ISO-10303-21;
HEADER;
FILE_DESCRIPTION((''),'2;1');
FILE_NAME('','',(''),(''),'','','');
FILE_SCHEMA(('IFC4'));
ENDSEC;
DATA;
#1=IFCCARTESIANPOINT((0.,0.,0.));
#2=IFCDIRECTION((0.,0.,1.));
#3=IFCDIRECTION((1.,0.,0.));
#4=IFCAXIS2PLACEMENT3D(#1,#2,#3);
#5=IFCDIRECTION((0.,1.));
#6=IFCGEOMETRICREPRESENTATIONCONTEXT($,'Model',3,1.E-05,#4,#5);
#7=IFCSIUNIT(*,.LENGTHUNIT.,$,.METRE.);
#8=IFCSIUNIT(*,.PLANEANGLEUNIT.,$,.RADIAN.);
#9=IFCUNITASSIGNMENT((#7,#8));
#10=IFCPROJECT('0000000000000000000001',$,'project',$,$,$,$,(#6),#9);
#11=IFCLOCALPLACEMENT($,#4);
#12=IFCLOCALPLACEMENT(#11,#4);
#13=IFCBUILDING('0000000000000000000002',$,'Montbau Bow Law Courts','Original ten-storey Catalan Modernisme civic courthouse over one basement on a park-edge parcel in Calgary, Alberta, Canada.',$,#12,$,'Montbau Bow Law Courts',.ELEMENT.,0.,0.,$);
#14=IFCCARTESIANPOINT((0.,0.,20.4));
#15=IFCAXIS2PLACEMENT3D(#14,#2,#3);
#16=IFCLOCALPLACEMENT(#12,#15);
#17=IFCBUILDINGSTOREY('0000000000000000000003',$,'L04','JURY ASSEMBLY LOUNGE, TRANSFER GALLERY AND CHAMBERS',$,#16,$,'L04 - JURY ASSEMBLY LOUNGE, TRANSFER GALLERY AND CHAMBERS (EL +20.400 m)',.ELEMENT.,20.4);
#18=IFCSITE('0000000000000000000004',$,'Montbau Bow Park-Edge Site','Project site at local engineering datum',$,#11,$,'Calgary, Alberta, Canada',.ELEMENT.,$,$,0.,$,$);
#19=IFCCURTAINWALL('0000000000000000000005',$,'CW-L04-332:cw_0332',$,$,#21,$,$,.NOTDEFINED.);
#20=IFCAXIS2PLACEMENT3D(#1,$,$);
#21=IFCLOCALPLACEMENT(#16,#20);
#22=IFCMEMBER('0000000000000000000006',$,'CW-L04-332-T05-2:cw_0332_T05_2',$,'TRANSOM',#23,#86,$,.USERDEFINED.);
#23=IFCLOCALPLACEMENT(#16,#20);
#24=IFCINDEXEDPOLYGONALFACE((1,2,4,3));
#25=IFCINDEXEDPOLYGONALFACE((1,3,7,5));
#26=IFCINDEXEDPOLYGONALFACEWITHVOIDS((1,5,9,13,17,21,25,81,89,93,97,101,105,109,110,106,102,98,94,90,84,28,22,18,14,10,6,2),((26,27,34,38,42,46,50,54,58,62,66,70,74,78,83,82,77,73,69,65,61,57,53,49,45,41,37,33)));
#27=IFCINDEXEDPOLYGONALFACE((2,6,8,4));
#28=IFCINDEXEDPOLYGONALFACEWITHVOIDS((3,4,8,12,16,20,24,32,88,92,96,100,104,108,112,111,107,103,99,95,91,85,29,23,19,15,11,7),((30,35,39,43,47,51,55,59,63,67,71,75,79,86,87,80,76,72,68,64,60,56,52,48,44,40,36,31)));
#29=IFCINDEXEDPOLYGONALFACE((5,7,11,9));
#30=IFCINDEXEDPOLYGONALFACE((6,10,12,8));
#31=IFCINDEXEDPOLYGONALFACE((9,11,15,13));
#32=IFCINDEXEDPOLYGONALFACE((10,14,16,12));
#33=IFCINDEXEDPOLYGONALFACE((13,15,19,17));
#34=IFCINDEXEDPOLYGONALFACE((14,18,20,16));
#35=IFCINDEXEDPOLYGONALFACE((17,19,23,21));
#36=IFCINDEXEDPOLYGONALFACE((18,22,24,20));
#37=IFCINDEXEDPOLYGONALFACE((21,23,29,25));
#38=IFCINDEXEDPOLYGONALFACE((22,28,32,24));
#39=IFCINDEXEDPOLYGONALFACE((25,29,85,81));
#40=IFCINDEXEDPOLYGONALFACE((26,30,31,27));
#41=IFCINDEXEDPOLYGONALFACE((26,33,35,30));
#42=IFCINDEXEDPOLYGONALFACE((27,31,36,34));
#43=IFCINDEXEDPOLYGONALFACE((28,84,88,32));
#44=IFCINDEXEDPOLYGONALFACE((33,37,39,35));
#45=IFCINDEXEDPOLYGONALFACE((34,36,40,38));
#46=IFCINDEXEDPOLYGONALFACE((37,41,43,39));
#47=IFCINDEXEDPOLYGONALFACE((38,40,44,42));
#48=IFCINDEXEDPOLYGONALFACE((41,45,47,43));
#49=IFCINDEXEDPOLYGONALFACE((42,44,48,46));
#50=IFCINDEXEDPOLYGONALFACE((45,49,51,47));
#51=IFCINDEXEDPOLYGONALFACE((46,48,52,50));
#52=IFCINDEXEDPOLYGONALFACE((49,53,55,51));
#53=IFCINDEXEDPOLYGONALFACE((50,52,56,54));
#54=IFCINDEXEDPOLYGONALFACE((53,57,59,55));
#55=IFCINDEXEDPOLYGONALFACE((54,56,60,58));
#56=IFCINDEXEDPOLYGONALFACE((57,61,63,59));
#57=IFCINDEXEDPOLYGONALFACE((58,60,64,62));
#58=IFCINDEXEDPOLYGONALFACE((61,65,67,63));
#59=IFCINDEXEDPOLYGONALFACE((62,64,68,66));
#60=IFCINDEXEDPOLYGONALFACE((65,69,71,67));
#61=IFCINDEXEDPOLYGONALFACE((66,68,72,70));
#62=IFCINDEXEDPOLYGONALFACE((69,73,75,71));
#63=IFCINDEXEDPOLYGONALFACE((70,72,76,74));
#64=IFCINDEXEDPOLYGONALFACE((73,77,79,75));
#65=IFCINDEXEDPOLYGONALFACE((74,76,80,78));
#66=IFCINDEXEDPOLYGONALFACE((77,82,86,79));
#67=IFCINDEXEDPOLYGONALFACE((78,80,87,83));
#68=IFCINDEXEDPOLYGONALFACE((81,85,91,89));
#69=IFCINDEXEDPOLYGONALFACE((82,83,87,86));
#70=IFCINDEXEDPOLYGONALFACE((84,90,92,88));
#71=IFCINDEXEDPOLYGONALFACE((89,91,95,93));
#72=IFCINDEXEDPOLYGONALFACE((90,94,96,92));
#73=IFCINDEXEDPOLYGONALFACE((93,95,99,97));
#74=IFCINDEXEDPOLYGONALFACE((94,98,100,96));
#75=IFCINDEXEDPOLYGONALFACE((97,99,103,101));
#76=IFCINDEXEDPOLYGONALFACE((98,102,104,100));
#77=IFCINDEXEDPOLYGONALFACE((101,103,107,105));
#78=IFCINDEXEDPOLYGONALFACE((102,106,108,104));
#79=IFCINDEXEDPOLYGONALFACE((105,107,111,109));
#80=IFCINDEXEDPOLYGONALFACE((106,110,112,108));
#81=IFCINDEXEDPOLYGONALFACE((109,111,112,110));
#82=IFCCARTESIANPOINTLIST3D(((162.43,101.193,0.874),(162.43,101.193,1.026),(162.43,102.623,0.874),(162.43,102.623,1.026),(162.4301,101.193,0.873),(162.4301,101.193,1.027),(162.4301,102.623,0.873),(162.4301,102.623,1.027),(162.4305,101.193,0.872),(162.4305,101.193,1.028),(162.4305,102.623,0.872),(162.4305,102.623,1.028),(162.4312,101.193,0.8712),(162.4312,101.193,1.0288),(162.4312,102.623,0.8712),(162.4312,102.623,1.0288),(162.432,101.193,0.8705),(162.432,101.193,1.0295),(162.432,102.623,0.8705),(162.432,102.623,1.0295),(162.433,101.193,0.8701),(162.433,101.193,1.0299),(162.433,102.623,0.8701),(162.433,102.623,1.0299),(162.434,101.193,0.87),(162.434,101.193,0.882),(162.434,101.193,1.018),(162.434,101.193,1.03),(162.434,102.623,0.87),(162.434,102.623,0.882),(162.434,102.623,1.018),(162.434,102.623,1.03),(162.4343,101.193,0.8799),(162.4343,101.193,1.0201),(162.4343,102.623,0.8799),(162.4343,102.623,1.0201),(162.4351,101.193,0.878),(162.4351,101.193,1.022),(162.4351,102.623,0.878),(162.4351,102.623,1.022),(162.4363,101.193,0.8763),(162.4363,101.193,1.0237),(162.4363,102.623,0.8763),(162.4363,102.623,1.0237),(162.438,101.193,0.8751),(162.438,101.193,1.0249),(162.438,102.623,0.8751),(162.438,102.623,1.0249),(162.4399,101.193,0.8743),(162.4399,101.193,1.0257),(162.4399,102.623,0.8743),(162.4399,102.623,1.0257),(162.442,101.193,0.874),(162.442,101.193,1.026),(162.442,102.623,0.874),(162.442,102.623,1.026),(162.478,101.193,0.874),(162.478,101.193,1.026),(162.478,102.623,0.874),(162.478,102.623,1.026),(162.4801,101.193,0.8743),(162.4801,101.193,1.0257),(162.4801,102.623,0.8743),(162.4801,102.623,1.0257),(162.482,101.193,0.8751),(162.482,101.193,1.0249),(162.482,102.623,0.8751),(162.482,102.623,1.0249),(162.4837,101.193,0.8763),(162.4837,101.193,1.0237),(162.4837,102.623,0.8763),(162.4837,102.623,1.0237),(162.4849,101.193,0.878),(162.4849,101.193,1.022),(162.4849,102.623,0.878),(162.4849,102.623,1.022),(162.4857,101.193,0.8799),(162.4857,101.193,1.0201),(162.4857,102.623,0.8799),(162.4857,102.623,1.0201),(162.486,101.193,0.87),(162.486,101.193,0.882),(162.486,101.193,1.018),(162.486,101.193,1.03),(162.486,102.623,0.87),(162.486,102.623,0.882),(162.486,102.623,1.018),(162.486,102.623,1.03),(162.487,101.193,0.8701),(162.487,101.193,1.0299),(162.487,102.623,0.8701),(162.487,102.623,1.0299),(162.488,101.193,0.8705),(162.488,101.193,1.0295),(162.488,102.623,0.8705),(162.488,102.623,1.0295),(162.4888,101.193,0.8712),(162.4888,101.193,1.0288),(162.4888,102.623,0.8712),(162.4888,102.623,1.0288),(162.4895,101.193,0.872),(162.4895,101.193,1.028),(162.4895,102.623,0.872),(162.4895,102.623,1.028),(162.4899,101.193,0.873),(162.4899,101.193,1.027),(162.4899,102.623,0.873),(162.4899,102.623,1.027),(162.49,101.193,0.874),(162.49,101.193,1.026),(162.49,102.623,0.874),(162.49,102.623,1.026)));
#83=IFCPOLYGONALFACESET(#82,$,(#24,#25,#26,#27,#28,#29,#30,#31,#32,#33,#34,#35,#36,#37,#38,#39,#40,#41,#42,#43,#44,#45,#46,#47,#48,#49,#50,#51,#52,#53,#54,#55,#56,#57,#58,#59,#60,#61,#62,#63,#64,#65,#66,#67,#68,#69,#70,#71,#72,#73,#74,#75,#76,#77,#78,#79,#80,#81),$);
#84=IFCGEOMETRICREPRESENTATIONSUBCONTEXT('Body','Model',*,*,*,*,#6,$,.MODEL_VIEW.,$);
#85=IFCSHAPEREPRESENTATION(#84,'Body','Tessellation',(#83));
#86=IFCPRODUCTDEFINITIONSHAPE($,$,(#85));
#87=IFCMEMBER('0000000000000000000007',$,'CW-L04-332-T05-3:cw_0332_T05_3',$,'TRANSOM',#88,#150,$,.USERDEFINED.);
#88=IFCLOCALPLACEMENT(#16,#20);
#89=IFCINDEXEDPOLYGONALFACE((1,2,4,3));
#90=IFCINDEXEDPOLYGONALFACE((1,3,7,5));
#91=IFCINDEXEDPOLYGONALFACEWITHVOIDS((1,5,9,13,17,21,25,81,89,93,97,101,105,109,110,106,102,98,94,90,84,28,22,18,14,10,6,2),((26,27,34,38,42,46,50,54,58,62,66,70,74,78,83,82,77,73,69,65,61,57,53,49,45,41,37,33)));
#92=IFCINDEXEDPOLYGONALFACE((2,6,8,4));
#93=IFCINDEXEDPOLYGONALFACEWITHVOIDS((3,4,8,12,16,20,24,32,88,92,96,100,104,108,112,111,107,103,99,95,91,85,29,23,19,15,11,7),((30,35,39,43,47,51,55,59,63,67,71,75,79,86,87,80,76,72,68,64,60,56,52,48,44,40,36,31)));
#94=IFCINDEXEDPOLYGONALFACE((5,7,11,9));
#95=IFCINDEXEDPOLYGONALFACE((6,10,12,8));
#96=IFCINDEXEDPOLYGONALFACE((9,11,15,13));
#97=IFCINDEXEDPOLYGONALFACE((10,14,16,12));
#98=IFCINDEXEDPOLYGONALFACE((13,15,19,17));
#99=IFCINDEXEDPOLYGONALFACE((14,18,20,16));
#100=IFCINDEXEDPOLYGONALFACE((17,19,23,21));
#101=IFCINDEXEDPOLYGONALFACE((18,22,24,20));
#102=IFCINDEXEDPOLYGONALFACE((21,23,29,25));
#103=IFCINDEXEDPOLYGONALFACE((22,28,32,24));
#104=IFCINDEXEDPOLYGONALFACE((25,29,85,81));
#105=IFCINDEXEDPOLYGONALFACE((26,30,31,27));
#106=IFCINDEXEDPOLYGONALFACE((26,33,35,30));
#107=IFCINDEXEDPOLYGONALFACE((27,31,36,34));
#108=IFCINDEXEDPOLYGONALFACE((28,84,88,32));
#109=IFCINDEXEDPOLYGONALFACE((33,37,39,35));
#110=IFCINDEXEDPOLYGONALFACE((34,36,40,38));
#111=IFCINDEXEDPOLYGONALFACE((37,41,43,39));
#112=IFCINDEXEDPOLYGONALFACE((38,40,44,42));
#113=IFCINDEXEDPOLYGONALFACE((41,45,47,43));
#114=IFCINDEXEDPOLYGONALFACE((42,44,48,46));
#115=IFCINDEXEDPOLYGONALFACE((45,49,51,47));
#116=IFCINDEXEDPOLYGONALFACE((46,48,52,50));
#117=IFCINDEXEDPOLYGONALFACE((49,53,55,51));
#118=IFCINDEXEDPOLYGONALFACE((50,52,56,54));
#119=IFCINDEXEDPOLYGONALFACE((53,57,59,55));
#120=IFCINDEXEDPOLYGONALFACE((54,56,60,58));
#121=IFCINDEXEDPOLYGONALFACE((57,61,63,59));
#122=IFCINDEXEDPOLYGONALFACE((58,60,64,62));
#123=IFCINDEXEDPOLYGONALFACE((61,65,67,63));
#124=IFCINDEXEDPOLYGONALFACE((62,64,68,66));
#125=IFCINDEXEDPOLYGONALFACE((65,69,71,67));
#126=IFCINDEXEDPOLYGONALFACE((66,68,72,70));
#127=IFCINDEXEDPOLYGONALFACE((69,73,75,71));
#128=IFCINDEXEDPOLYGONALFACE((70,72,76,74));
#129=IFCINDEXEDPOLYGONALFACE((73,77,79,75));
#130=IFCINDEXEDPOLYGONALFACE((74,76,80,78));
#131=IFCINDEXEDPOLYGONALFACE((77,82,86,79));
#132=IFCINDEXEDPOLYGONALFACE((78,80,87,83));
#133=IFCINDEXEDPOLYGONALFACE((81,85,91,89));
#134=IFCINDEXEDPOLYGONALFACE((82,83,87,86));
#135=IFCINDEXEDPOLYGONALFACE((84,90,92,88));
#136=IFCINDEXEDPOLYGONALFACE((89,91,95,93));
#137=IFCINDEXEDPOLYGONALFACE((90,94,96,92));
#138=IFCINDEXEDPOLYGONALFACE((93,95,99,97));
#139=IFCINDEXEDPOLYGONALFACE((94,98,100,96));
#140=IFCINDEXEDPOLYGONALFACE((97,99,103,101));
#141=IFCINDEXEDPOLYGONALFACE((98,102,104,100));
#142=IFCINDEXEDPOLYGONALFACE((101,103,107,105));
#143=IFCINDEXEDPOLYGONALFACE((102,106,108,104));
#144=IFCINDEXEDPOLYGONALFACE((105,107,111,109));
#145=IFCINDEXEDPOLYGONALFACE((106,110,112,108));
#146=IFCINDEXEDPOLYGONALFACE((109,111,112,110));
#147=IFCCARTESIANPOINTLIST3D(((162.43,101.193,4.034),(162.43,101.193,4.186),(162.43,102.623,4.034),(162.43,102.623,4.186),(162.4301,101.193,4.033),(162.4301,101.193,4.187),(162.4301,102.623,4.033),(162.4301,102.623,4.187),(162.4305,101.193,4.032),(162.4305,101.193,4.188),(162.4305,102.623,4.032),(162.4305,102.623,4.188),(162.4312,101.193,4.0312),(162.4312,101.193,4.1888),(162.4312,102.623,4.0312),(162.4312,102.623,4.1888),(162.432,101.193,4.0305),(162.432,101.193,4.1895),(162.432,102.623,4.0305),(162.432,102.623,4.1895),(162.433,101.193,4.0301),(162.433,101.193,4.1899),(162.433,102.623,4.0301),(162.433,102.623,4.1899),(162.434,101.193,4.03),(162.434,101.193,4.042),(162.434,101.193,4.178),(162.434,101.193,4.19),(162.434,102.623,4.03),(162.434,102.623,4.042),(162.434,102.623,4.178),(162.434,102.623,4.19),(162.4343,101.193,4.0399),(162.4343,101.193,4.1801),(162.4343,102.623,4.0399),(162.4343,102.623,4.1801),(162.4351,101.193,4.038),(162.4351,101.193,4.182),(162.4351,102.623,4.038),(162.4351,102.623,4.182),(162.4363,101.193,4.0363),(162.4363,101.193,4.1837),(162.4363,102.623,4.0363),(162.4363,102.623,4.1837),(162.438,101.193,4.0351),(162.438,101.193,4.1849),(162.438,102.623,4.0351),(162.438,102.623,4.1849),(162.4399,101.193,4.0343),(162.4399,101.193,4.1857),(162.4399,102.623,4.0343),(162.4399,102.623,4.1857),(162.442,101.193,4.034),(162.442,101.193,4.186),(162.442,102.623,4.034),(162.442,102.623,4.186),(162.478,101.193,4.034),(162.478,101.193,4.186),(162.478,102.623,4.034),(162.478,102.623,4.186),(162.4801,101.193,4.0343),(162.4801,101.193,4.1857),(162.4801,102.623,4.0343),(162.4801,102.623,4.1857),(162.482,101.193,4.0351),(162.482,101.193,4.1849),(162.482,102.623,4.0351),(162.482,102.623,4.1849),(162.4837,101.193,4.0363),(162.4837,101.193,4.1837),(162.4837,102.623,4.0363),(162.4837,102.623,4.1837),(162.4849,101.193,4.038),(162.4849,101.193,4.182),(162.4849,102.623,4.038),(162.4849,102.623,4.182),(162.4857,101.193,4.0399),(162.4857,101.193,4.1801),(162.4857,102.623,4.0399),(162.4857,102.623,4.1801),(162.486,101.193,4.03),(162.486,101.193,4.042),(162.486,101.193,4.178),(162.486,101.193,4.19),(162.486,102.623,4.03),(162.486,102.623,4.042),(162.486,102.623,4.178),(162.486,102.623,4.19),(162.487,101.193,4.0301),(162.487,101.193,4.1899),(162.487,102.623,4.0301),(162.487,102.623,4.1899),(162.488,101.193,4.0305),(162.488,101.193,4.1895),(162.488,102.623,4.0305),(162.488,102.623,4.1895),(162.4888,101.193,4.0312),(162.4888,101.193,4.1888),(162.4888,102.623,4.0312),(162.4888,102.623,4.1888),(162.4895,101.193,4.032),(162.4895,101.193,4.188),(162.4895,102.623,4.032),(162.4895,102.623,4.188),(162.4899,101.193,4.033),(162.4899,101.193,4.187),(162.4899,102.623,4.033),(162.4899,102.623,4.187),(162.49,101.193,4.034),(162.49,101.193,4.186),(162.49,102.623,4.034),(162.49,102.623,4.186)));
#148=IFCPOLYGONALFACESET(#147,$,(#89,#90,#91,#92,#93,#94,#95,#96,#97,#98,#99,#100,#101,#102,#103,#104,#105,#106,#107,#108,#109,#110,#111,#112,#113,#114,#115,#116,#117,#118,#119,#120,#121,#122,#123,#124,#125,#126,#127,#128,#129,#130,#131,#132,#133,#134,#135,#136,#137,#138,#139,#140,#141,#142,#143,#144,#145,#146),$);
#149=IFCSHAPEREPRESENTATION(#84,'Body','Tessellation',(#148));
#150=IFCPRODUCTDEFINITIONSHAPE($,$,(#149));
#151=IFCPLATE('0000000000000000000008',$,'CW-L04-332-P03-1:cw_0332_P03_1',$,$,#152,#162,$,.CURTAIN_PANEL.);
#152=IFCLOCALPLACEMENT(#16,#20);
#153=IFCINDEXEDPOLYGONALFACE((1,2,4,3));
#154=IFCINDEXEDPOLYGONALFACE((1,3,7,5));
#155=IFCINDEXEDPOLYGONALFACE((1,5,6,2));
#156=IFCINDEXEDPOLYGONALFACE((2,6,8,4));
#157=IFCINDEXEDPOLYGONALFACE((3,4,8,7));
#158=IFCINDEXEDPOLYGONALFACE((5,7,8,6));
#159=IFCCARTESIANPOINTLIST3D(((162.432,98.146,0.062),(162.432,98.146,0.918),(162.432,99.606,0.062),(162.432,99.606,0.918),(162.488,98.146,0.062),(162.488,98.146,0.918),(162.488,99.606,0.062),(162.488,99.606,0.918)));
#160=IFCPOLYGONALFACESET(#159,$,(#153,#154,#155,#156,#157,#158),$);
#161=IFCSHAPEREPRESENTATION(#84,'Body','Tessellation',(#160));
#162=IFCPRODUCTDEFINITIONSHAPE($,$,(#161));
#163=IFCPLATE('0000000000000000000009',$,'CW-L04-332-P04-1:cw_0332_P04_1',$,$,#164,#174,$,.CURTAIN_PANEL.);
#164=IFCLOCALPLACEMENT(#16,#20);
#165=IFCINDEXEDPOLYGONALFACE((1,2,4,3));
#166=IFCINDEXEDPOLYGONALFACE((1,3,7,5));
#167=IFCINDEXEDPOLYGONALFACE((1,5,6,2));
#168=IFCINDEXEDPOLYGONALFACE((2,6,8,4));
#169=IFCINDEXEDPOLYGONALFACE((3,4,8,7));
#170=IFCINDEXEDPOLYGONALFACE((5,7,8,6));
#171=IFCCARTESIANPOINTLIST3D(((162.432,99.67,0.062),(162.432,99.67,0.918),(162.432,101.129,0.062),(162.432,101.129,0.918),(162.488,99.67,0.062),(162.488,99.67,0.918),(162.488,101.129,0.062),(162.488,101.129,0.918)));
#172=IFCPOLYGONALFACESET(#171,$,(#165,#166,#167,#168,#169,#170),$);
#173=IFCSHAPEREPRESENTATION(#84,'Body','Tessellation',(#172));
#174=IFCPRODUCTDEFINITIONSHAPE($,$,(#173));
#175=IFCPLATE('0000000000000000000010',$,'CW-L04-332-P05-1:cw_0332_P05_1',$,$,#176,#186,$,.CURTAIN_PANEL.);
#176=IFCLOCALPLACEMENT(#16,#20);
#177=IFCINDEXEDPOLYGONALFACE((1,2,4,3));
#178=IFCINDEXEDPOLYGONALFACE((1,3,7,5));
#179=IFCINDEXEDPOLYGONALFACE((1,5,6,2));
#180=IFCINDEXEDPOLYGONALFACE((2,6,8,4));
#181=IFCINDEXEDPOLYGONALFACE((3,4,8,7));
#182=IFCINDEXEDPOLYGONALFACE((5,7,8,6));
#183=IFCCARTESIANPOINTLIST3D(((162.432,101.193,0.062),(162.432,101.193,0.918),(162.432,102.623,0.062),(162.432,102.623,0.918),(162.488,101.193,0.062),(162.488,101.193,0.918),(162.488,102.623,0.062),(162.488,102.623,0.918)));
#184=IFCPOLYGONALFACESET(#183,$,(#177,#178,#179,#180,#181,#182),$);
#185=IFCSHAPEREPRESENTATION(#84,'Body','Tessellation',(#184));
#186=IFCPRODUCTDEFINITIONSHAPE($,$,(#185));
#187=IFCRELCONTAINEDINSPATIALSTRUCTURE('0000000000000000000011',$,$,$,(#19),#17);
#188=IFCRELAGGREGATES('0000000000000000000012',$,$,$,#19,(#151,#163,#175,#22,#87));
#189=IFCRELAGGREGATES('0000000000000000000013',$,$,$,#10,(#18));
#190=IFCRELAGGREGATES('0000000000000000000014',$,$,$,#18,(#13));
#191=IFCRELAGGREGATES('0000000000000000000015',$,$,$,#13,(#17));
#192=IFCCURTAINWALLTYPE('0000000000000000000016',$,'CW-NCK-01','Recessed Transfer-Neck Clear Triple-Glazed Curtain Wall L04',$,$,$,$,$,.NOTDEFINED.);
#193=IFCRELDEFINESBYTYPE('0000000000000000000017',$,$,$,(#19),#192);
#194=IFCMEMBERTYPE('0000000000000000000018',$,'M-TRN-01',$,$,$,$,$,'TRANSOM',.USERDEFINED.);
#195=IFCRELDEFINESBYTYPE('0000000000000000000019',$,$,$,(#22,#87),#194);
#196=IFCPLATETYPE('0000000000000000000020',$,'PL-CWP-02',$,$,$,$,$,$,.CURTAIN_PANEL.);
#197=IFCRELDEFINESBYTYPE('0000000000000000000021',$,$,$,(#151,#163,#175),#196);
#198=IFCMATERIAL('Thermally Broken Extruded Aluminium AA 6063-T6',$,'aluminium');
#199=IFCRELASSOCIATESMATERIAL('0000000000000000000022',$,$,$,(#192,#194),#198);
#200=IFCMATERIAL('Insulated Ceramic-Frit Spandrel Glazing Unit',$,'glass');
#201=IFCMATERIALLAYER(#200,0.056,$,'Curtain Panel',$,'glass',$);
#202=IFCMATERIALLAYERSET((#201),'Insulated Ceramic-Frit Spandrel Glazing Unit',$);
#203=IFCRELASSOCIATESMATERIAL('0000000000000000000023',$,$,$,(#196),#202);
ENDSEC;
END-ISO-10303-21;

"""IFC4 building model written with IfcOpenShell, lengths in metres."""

from ifc_helpers import new_model, si_unit, direction, frame, frame_2d, origin_with_axes, origin_2d_with_axis, place, context, subcontext, project, spatial, rectangle, hollow_rectangle, extrude, material, layer, layer_set, material_profile, profile_set, type_object, element, aggregate, save


model = new_model("IFC4")

# Units and contexts
model_context = context("Model", 3, precision=1e-05, world=origin_with_axes(), true_north=direction((0.0, 1.0)))
body_context = subcontext(model_context, "Body", "Model", "MODEL_VIEW")
ifc_project = project(units=[si_unit("LENGTHUNIT", "METRE"), si_unit("PLANEANGLEUNIT", "RADIAN")], contexts=[model_context])

# Site, building, storey
site_placement = place(None, origin_with_axes())
site = spatial("IfcSite", under=ifc_project, at=site_placement, Name="Montbau Bow Park-Edge Site", Description="Project site at local engineering datum", LongName="Calgary, Alberta, Canada", CompositionType="ELEMENT", RefElevation=0.0)
building_placement = place(site_placement, origin_with_axes())
building = spatial("IfcBuilding", under=site, at=building_placement, Name="Montbau Bow Law Courts", Description="Original ten-storey Catalan Modernisme civic courthouse over one basement on a park-edge parcel in Calgary, Alberta, Canada.", LongName="Montbau Bow Law Courts", CompositionType="ELEMENT", ElevationOfRefHeight=0.0, ElevationOfTerrain=0.0)
storey_placement = place(building_placement, frame((0.0, 0.0, 20.4), z_axis=(0.0, 0.0, 1.0), x_axis=(1.0, 0.0, 0.0)))
storey = spatial("IfcBuildingStorey", under=building, at=storey_placement, Name="L04", Description="JURY ASSEMBLY LOUNGE, TRANSFER GALLERY AND CHAMBERS", LongName="L04 - JURY ASSEMBLY LOUNGE, TRANSFER GALLERY AND CHAMBERS (EL +20.400 m)", CompositionType="ELEMENT", Elevation=20.4)

# Curtain wall, members, plates
ifc_material_1 = material(Name="Thermally Broken Extruded Aluminium AA 6063-T6", Category="aluminium")
curtain_wall_type = type_object("IfcCurtainWallType", Name="CW-NCK-01", Description="Recessed Transfer-Neck Clear Triple-Glazed Curtain Wall L04", PredefinedType="NOTDEFINED", material=ifc_material_1)
curtain_wall_placement = place(None, frame((162.46, 95.067, 20.4), z_axis=(0.0, 0.0, 1.0), x_axis=(1.0, 0.0, 0.0)))
curtain_wall = element("IfcCurtainWall", 1, at=curtain_wall_placement, inside=storey, type_object=curtain_wall_type, Name="CW-L04-332:cw_0332", PredefinedType="NOTDEFINED")
ifc_material_profile_1 = material_profile(ifc_material_1, hollow_rectangle(XDim=0.06, YDim=0.16, WallThickness=0.004, InnerFilletRadius=0.008, OuterFilletRadius=0.004, at=origin_2d_with_axis()), Name="CWT-160X60", Category="Main", Priority=0)
ifc_profile_set_1 = profile_set([ifc_material_profile_1], Name="Thermally Broken Extruded Aluminium AA 6063-T6")
member_type_1 = type_object("IfcMemberType", Name="M-TRN-01", ElementType="TRANSOM", PredefinedType="USERDEFINED", material=ifc_profile_set_1)
member_1_placement = place(None, frame((162.46, 101.193, 21.35), z_axis=(0.0, 1.0, 0.0), x_axis=(-1.0, 0.0, 0.0)))
member_1 = element("IfcMember", 2, at=member_1_placement, type_object=member_type_1, Name="CW-L04-332-T05-2:cw_0332_T05_2", ObjectType="TRANSOM", PredefinedType="USERDEFINED", context=body_context, shape_type="SweptSolid", body=[
    extrude(hollow_rectangle(XDim=0.06, YDim=0.16, WallThickness=0.004, InnerFilletRadius=0.008, OuterFilletRadius=0.004, at=origin_2d_with_axis()), origin_with_axes(), (0.0, 0.0, 1.0), 1.43),
])
member_2_placement = place(None, frame((162.46, 101.193, 24.51), z_axis=(0.0, 1.0, 0.0), x_axis=(-1.0, 0.0, 0.0)))
member_2 = element("IfcMember", 3, at=member_2_placement, type_object=member_type_1, Name="CW-L04-332-T05-3:cw_0332_T05_3", ObjectType="TRANSOM", PredefinedType="USERDEFINED", context=body_context, shape_type="SweptSolid", body=[
    extrude(hollow_rectangle(XDim=0.06, YDim=0.16, WallThickness=0.004, InnerFilletRadius=0.008, OuterFilletRadius=0.004, at=origin_2d_with_axis()), origin_with_axes(), (0.0, 0.0, 1.0), 1.43),
])
ifc_material_2 = material(Name="Insulated Ceramic-Frit Spandrel Glazing Unit", Category="glass")
ifc_layer_1 = layer(ifc_material_2, 0.056, Name="Curtain Panel", Category="glass")
ifc_layer_set_1 = layer_set([ifc_layer_1], Name="Insulated Ceramic-Frit Spandrel Glazing Unit")
plate_type_1 = type_object("IfcPlateType", Name="PL-CWP-02", PredefinedType="CURTAIN_PANEL", material=ifc_layer_set_1)
plate_1_placement = place(None, frame((162.46, 98.146, 20.462), z_axis=(1.0, 0.0, 0.0), x_axis=(0.0, 1.0, 0.0)))
plate_1 = element("IfcPlate", 4, at=plate_1_placement, type_object=plate_type_1, Name="CW-L04-332-P03-1:cw_0332_P03_1", PredefinedType="CURTAIN_PANEL", context=body_context, shape_type="SweptSolid", body=[
    extrude(rectangle(XDim=1.46, YDim=0.856, at=frame_2d((0.73, 0.428), x_axis=(1.0, 0.0))), frame((0.0, 0.0, -0.028), z_axis=(0.0, 0.0, 1.0), x_axis=(1.0, 0.0, 0.0)), (0.0, 0.0, 1.0), 0.056),
])
plate_2_placement = place(None, frame((162.46, 99.67, 20.462), z_axis=(1.0, 0.0, 0.0), x_axis=(0.0, 1.0, 0.0)))
plate_2 = element("IfcPlate", 5, at=plate_2_placement, type_object=plate_type_1, Name="CW-L04-332-P04-1:cw_0332_P04_1", PredefinedType="CURTAIN_PANEL", context=body_context, shape_type="SweptSolid", body=[
    extrude(rectangle(XDim=1.459, YDim=0.856, at=frame_2d((0.7295, 0.428), x_axis=(1.0, 0.0))), frame((0.0, 0.0, -0.028), z_axis=(0.0, 0.0, 1.0), x_axis=(1.0, 0.0, 0.0)), (0.0, 0.0, 1.0), 0.056),
])
plate_3_placement = place(None, frame((162.46, 101.193, 20.462), z_axis=(1.0, 0.0, 0.0), x_axis=(0.0, 1.0, 0.0)))
plate_3 = element("IfcPlate", 6, at=plate_3_placement, type_object=plate_type_1, Name="CW-L04-332-P05-1:cw_0332_P05_1", PredefinedType="CURTAIN_PANEL", context=body_context, shape_type="SweptSolid", body=[
    extrude(rectangle(XDim=1.43, YDim=0.856, at=frame_2d((0.715, 0.428), x_axis=(1.0, 0.0))), frame((0.0, 0.0, -0.028), z_axis=(0.0, 0.0, 1.0), x_axis=(1.0, 0.0, 0.0)), (0.0, 0.0, 1.0), 0.056),
])
aggregate(curtain_wall, [plate_1, plate_2, plate_3, member_1, member_2])

save(model, "model.ifc")
